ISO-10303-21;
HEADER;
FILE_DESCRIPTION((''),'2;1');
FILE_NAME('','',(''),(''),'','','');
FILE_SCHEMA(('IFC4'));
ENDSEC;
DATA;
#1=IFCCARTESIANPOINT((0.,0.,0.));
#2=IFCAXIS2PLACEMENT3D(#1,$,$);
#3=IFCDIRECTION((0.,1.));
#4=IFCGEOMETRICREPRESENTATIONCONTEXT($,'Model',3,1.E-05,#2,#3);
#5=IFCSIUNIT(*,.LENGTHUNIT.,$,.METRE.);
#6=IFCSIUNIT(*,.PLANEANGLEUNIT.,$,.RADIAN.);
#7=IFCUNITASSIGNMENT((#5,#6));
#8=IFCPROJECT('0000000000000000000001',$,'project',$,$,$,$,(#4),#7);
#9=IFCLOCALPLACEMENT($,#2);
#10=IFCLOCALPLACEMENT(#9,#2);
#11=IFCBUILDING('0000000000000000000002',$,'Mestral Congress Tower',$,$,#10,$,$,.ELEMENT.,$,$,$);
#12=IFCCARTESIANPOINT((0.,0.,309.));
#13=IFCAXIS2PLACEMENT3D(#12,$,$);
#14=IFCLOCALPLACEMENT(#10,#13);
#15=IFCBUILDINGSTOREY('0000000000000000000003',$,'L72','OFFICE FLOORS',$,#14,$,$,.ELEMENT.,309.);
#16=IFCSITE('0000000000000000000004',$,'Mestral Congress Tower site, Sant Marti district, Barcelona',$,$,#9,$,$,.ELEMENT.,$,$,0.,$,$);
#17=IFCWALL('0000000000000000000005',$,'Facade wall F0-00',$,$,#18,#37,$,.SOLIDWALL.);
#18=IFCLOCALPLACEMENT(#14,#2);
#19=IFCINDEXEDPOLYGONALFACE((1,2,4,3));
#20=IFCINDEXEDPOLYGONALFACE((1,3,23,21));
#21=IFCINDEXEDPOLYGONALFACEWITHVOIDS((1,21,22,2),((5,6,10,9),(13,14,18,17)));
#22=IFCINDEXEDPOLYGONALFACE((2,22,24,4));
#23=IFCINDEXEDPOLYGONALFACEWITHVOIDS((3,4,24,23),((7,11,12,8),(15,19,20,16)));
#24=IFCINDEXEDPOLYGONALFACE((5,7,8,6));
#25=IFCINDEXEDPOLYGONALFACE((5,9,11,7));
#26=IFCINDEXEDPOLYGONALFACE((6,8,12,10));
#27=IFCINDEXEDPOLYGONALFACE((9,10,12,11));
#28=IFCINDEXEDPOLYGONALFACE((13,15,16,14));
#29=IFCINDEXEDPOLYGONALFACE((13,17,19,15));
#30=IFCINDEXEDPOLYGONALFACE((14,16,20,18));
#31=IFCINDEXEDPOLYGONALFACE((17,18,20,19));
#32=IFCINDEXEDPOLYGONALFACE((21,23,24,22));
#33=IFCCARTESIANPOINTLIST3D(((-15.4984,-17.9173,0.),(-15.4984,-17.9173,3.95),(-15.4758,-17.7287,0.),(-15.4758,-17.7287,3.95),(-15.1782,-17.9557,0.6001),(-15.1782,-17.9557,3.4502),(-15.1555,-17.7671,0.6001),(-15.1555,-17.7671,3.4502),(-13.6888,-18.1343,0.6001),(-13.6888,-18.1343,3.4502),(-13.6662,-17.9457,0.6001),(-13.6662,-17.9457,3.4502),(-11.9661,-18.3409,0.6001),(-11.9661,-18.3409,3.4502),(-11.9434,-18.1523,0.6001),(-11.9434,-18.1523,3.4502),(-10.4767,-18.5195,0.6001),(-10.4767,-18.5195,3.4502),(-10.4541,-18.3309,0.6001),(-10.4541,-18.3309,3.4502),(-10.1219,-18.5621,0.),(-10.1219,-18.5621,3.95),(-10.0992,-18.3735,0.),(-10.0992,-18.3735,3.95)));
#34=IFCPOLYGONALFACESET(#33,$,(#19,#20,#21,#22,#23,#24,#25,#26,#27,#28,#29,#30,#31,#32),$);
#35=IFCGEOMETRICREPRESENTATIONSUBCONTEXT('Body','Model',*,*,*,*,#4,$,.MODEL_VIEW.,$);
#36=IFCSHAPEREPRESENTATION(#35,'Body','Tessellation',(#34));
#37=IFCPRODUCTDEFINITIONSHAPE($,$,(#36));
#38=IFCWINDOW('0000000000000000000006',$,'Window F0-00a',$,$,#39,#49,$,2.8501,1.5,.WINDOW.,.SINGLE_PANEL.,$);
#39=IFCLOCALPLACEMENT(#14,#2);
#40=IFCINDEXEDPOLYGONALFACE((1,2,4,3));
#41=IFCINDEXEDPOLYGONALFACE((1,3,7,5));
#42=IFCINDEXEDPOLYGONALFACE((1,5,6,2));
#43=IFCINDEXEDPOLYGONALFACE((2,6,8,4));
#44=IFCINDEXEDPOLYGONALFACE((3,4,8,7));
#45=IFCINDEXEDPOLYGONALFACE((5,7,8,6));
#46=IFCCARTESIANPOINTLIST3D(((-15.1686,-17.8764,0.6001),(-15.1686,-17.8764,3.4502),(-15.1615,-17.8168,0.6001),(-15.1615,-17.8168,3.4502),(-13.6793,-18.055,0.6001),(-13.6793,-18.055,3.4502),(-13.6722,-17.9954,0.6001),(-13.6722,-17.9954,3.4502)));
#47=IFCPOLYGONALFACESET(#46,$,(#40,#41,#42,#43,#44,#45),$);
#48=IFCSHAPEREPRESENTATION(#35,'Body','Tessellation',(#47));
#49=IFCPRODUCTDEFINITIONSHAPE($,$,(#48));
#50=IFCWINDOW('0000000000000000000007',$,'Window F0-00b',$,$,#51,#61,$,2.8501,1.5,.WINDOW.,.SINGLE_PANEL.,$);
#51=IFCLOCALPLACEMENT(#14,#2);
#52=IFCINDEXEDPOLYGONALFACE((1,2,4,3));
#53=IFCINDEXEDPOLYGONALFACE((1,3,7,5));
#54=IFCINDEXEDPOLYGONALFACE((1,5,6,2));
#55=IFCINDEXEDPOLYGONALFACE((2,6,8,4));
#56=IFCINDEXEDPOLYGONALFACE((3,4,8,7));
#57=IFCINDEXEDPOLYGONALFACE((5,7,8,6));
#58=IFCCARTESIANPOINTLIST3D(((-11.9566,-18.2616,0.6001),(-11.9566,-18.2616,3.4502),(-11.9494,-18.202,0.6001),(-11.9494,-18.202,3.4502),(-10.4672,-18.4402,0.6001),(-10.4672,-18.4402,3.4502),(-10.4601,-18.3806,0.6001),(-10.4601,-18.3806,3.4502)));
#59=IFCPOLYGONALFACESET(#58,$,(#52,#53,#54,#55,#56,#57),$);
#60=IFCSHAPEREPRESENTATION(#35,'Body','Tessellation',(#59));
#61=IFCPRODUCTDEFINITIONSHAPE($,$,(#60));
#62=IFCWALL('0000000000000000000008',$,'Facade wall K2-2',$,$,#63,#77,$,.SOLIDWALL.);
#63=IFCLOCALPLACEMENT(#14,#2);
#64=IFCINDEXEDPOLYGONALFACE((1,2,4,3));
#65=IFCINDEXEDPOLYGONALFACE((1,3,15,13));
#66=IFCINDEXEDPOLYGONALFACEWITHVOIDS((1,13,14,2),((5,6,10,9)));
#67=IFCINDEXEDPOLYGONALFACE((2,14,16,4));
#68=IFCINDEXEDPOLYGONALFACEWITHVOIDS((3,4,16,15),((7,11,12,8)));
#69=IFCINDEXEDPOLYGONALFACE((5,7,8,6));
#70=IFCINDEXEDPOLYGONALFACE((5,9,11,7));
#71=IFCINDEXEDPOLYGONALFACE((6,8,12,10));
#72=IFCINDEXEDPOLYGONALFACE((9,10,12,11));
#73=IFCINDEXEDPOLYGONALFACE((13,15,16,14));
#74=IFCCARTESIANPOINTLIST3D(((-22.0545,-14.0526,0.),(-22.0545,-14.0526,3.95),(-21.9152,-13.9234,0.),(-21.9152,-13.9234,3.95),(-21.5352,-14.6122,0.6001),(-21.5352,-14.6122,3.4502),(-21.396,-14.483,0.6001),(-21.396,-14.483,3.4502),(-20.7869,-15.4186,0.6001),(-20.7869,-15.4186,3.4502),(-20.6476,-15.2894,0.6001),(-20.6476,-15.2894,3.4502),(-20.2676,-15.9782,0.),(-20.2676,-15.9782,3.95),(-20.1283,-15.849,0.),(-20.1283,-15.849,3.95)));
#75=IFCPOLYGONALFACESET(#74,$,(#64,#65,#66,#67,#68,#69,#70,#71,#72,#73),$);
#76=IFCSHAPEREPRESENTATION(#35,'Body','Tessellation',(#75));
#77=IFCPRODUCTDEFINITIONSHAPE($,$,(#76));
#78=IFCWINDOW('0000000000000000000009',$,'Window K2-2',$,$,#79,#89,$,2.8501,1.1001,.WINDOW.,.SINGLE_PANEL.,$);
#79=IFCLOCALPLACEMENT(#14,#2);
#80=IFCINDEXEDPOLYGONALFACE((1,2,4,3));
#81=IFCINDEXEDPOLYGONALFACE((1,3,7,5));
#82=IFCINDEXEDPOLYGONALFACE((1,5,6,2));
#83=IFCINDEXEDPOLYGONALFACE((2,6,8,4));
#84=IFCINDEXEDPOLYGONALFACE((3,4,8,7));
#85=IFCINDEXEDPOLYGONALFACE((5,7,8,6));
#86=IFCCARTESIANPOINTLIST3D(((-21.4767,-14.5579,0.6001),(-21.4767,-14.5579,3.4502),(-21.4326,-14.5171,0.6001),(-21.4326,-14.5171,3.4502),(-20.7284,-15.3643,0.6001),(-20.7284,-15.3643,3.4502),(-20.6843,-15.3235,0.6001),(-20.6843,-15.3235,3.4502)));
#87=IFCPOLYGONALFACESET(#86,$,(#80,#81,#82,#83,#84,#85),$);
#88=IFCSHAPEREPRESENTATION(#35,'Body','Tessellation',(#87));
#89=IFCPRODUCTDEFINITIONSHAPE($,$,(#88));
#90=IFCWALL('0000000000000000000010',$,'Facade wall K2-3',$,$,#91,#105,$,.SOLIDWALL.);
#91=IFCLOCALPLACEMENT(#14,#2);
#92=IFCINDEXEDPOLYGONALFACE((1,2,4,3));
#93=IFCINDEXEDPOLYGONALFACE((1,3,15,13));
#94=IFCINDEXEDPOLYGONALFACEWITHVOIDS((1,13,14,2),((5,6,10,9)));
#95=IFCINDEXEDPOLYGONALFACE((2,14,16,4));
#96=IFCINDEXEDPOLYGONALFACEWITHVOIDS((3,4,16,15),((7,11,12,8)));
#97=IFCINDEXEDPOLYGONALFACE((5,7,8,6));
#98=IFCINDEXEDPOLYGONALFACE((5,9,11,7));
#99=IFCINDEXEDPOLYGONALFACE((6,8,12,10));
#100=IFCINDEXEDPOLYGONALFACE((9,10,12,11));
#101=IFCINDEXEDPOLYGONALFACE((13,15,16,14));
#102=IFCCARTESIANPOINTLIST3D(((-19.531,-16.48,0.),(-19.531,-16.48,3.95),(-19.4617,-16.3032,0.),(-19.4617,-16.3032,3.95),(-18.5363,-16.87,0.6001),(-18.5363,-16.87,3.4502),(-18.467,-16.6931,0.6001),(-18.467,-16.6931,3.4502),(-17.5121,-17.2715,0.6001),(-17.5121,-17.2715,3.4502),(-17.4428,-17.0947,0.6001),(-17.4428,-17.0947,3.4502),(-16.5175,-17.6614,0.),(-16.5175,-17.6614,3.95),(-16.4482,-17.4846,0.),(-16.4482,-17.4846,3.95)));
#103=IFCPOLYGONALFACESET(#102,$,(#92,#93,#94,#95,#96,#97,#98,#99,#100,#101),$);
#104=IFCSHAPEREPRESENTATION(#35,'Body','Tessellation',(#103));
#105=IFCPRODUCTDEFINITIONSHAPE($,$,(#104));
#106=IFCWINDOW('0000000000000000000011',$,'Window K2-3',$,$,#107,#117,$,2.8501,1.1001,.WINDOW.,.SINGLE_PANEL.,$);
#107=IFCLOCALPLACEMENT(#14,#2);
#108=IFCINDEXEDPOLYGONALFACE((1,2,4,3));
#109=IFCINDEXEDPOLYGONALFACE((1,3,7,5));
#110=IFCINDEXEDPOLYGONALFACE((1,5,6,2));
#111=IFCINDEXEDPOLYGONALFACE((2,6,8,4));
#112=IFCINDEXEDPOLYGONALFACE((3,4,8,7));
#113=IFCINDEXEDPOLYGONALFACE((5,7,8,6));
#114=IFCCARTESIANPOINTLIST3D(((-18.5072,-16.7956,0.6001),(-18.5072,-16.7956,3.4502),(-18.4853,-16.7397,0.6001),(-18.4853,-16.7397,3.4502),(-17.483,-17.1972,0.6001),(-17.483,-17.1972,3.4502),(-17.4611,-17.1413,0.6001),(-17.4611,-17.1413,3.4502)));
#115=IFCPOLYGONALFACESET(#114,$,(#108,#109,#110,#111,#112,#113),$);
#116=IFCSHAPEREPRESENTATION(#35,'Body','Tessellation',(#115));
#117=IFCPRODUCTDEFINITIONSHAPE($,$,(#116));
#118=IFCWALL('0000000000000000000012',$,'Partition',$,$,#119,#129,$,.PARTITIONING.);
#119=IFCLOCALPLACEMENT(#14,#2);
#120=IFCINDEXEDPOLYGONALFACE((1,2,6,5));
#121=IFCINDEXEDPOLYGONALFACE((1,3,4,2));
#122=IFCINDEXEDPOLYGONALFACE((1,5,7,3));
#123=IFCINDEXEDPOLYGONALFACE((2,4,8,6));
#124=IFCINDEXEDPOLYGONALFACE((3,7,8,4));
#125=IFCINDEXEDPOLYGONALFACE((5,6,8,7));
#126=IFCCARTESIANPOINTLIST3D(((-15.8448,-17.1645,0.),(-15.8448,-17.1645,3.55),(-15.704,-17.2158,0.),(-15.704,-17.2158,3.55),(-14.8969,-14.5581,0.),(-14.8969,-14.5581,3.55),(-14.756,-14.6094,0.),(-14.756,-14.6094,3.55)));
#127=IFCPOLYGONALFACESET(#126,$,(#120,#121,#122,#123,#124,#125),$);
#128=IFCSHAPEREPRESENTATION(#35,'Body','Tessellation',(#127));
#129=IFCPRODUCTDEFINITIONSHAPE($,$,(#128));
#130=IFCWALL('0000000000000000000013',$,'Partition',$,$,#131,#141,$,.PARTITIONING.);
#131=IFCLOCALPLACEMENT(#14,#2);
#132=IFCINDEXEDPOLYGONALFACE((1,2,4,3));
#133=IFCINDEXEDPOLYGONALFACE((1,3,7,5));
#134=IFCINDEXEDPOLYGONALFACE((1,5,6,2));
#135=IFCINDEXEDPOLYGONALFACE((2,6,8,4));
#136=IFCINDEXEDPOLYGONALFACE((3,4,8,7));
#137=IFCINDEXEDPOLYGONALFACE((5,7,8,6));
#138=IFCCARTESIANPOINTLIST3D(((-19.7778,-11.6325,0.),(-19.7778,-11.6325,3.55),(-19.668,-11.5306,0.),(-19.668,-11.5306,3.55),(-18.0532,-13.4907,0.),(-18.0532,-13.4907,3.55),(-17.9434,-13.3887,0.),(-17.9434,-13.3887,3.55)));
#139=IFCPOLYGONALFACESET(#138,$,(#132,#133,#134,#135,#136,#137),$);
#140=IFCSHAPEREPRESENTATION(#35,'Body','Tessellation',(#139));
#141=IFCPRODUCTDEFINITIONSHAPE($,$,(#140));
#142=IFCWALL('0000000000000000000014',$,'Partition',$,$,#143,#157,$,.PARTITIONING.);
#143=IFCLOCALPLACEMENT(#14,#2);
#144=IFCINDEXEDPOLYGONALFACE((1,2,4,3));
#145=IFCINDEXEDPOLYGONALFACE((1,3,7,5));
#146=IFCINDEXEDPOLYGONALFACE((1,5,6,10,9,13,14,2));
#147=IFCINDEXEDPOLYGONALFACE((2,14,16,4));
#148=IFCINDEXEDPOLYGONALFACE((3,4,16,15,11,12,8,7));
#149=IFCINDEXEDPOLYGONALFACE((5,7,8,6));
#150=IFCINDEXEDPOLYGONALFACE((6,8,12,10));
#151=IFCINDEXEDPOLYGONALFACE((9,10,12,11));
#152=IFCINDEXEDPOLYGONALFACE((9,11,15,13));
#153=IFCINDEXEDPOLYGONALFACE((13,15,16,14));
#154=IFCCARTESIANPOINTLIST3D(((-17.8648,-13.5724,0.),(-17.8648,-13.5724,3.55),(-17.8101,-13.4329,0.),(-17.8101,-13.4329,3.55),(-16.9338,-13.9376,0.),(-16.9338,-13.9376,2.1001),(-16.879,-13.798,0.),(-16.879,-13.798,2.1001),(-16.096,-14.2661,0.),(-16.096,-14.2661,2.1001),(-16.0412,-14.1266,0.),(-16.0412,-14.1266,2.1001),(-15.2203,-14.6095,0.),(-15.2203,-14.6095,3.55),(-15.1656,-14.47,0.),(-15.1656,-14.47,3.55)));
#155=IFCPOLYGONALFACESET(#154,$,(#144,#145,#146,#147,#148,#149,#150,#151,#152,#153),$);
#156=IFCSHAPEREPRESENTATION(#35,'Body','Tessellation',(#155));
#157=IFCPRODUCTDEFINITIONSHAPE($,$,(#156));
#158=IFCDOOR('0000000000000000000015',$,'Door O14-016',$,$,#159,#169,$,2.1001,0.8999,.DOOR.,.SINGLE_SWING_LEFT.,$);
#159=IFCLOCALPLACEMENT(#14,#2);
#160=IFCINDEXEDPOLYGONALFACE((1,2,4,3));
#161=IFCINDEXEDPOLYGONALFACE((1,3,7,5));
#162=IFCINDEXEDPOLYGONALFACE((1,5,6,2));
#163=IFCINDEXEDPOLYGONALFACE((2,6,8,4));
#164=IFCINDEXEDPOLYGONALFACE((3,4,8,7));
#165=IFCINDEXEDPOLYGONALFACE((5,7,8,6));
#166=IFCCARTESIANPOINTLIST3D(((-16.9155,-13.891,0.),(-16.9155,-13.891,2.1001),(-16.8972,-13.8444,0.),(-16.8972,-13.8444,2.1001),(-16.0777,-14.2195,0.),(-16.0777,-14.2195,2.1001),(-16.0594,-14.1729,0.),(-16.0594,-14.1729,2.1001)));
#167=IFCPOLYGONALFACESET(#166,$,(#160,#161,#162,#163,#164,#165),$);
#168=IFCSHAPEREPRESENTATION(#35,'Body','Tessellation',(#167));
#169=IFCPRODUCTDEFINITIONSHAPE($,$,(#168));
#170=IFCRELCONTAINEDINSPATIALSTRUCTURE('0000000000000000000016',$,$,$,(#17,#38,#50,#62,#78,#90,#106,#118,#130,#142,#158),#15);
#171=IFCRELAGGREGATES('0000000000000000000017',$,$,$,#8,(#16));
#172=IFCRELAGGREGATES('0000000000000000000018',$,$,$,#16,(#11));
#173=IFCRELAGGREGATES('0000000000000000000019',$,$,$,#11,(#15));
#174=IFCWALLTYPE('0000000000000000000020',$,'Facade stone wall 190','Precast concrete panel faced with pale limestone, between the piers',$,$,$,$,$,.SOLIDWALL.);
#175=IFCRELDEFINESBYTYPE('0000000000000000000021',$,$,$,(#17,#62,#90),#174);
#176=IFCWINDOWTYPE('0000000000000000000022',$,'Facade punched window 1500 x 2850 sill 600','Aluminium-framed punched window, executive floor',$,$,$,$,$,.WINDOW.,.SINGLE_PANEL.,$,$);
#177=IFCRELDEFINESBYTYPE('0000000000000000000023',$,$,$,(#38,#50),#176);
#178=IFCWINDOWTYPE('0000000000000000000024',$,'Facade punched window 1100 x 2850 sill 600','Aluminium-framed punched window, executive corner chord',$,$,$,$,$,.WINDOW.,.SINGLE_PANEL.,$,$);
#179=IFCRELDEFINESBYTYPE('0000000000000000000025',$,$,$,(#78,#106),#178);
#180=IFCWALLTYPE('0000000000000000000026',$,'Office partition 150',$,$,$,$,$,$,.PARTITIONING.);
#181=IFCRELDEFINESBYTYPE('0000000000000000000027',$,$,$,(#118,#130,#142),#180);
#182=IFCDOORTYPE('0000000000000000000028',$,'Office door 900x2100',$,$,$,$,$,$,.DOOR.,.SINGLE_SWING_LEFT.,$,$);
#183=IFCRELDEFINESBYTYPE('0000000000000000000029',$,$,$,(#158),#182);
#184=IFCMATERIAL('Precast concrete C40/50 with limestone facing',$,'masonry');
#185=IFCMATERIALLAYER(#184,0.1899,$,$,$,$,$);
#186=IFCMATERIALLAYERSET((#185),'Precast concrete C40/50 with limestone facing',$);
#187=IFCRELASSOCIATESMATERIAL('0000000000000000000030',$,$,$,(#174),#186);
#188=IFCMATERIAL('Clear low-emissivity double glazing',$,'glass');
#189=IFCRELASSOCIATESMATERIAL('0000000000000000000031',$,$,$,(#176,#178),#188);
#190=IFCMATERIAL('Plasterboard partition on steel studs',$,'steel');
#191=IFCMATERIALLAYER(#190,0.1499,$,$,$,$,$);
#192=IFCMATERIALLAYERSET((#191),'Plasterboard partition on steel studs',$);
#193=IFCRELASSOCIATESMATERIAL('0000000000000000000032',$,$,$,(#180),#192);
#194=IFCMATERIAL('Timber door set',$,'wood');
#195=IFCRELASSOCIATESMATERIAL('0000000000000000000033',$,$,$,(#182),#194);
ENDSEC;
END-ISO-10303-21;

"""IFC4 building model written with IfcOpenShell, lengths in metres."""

from ifc_helpers import new_model, si_unit, direction, frame, frame_2d, origin, place, context, subcontext, project, spatial, rectangle, extrude, material, layer, layer_set, type_object, element, fill, save


model = new_model("IFC4")

# Units and contexts
model_context = context("Model", 3, precision=1e-05, world=origin(), true_north=direction((0.0, 1.0)))
body_context = subcontext(model_context, "Body", "Model", "MODEL_VIEW")
ifc_project = project(units=[si_unit("LENGTHUNIT", "METRE"), si_unit("PLANEANGLEUNIT", "RADIAN")], contexts=[model_context])

# Site, building, storey
site_placement = place(None, origin())
site = spatial("IfcSite", under=ifc_project, at=site_placement, Name="Mestral Congress Tower site, Sant Marti district, Barcelona", CompositionType="ELEMENT", RefElevation=0.0)
building_placement = place(site_placement, origin())
building = spatial("IfcBuilding", under=site, at=building_placement, Name="Mestral Congress Tower", CompositionType="ELEMENT")
storey_placement = place(building_placement, frame((0.0, 0.0, 309.0)))
storey = spatial("IfcBuildingStorey", under=building, at=storey_placement, Name="L72", Description="OFFICE FLOORS", CompositionType="ELEMENT", Elevation=309.0)

# Wall, openings, windows
ifc_material_1 = material(Name="Precast concrete C40/50 with limestone facing", Category="masonry")
ifc_layer_1 = layer(ifc_material_1, 0.1899)
ifc_layer_set_1 = layer_set([ifc_layer_1], Name="Precast concrete C40/50 with limestone facing")
wall_type_1 = type_object("IfcWallType", Name="Facade stone wall 190", Description="Precast concrete panel faced with pale limestone, between the piers", PredefinedType="SOLIDWALL", material=ifc_layer_set_1)
wall_1_placement = place(storey_placement, frame((-15.4871, -17.823, 0.0), z_axis=(0.0, 0.0, 1.0), x_axis=(0.992886, -0.119072, 0.0)))
wall_1 = element("IfcWall", 1, at=wall_1_placement, inside=storey, type_object=wall_type_1, Name="Facade wall F0-00", PredefinedType="SOLIDWALL", context=body_context, shape_type="SweptSolid", body=[
    extrude(rectangle(XDim=5.415, YDim=0.1899, at=frame_2d((2.7075, 0.0))), origin(), (0.0, 0.0, 1.0), 3.95),
])
opening_1_placement = place(wall_1_placement, frame((0.3225, 0.0, 0.6001)))
opening_1 = element("IfcOpeningElement", 2, at=opening_1_placement, cuts=wall_1, PredefinedType="OPENING", context=body_context, shape_type="SweptSolid", body=[
    extrude(rectangle(XDim=1.5, YDim=2.8501, at=frame_2d((0.75, 1.425))), frame((0.0, 0.105, 0.0), z_axis=(0.0, -1.0, 0.0), x_axis=(1.0, 0.0, 0.0)), (0.0, 0.0, 1.0), 0.21),
])
opening_2_placement = place(wall_1_placement, frame((3.5576, 0.0, 0.6001)))
opening_2 = element("IfcOpeningElement", 3, at=opening_2_placement, cuts=wall_1, PredefinedType="OPENING", context=body_context, shape_type="SweptSolid", body=[
    extrude(rectangle(XDim=1.5, YDim=2.8501, at=frame_2d((0.75, 1.425))), frame((0.0, 0.105, 0.0), z_axis=(0.0, -1.0, 0.0), x_axis=(1.0, 0.0, 0.0)), (0.0, 0.0, 1.0), 0.21),
])
ifc_material_2 = material(Name="Clear low-emissivity double glazing", Category="glass")
window_type_1 = type_object("IfcWindowType", Name="Facade punched window 1500 x 2850 sill 600", Description="Aluminium-framed punched window, executive floor", PartitioningType="SINGLE_PANEL", PredefinedType="WINDOW", material=ifc_material_2)
window_1_placement = place(opening_1_placement, origin())
window_1 = element("IfcWindow", 4, at=window_1_placement, inside=storey, type_object=window_type_1, Name="Window F0-00a", OverallHeight=2.8501, OverallWidth=1.5, PartitioningType="SINGLE_PANEL", PredefinedType="WINDOW", context=body_context, shape_type="SweptSolid", body=[
    extrude(rectangle(XDim=1.5, YDim=2.8501, at=frame_2d((0.75, 1.425))), frame((0.0, 0.0449, 0.0), z_axis=(0.0, -1.0, 0.0), x_axis=(1.0, 0.0, 0.0)), (0.0, 0.0, 1.0), 0.0601),
])
fill(opening_1, window_1)
window_2_placement = place(opening_2_placement, origin())
window_2 = element("IfcWindow", 5, at=window_2_placement, inside=storey, type_object=window_type_1, Name="Window F0-00b", OverallHeight=2.8501, OverallWidth=1.5, PartitioningType="SINGLE_PANEL", PredefinedType="WINDOW", context=body_context, shape_type="SweptSolid", body=[
    extrude(rectangle(XDim=1.5, YDim=2.8501, at=frame_2d((0.75, 1.425))), frame((0.0, 0.0449, 0.0), z_axis=(0.0, -1.0, 0.0), x_axis=(1.0, 0.0, 0.0)), (0.0, 0.0, 1.0), 0.0601),
])
fill(opening_2, window_2)

# Walls, openings, windows
wall_2_placement = place(storey_placement, frame((-21.9849, -13.988, 0.0), z_axis=(0.0, 0.0, 1.0), x_axis=(0.680219, -0.733009, 0.0)))
wall_2 = element("IfcWall", 6, at=wall_2_placement, inside=storey, type_object=wall_type_1, Name="Facade wall K2-2", PredefinedType="SOLIDWALL", context=body_context, shape_type="SweptSolid", body=[
    extrude(rectangle(XDim=2.627, YDim=0.1899, at=frame_2d((1.3135, 0.0))), origin(), (0.0, 0.0, 1.0), 3.95),
])
opening_3_placement = place(wall_2_placement, frame((0.7634, 0.0, 0.6001)))
opening_3 = element("IfcOpeningElement", 7, at=opening_3_placement, cuts=wall_2, PredefinedType="OPENING", context=body_context, shape_type="SweptSolid", body=[
    extrude(rectangle(XDim=1.1001, YDim=2.8501, at=frame_2d((0.55, 1.425))), frame((0.0, 0.105, 0.0), z_axis=(0.0, -1.0, 0.0), x_axis=(1.0, 0.0, 0.0)), (0.0, 0.0, 1.0), 0.21),
])
window_type_2 = type_object("IfcWindowType", Name="Facade punched window 1100 x 2850 sill 600", Description="Aluminium-framed punched window, executive corner chord", PartitioningType="SINGLE_PANEL", PredefinedType="WINDOW", material=ifc_material_2)
window_3_placement = place(opening_3_placement, origin())
window_3 = element("IfcWindow", 8, at=window_3_placement, inside=storey, type_object=window_type_2, Name="Window K2-2", OverallHeight=2.8501, OverallWidth=1.1001, PartitioningType="SINGLE_PANEL", PredefinedType="WINDOW", context=body_context, shape_type="SweptSolid", body=[
    extrude(rectangle(XDim=1.1001, YDim=2.8501, at=frame_2d((0.55, 1.425))), frame((0.0, 0.0449, 0.0), z_axis=(0.0, -1.0, 0.0), x_axis=(1.0, 0.0, 0.0)), (0.0, 0.0, 1.0), 0.0601),
])
fill(opening_3, window_3)
wall_3_placement = place(storey_placement, frame((-19.4963, -16.3916, 0.0), z_axis=(0.0, 0.0, 1.0), x_axis=(0.931009, -0.364997, 0.0)))
wall_3 = element("IfcWall", 9, at=wall_3_placement, inside=storey, type_object=wall_type_1, Name="Facade wall K2-3", PredefinedType="SOLIDWALL", context=body_context, shape_type="SweptSolid", body=[
    extrude(rectangle(XDim=3.2368, YDim=0.1899, at=frame_2d((1.6184, 0.0))), origin(), (0.0, 0.0, 1.0), 3.95),
])
opening_4_placement = place(wall_3_placement, frame((1.0684, 0.0, 0.6001)))
opening_4 = element("IfcOpeningElement", 10, at=opening_4_placement, cuts=wall_3, PredefinedType="OPENING", context=body_context, shape_type="SweptSolid", body=[
    extrude(rectangle(XDim=1.1001, YDim=2.8501, at=frame_2d((0.55, 1.425))), frame((0.0, 0.105, 0.0), z_axis=(0.0, -1.0, 0.0), x_axis=(1.0, 0.0, 0.0)), (0.0, 0.0, 1.0), 0.21),
])
window_4_placement = place(opening_4_placement, origin())
window_4 = element("IfcWindow", 11, at=window_4_placement, inside=storey, type_object=window_type_2, Name="Window K2-3", OverallHeight=2.8501, OverallWidth=1.1001, PartitioningType="SINGLE_PANEL", PredefinedType="WINDOW", context=body_context, shape_type="SweptSolid", body=[
    extrude(rectangle(XDim=1.1001, YDim=2.8501, at=frame_2d((0.55, 1.425))), frame((0.0, 0.0449, 0.0), z_axis=(0.0, -1.0, 0.0), x_axis=(1.0, 0.0, 0.0)), (0.0, 0.0, 1.0), 0.0601),
])
fill(opening_4, window_4)

# Walls
ifc_material_3 = material(Name="Plasterboard partition on steel studs", Category="steel")
ifc_layer_2 = layer(ifc_material_3, 0.1499)
ifc_layer_set_2 = layer_set([ifc_layer_2], Name="Plasterboard partition on steel studs")
wall_type_2 = type_object("IfcWallType", Name="Office partition 150", PredefinedType="PARTITIONING", material=ifc_layer_set_2)
wall_4_placement = place(storey_placement, frame((-14.8264, -14.5837, 0.0), z_axis=(0.0, 0.0, 1.0), x_axis=(-0.341807, -0.93977, 0.0)))
element("IfcWall", 12, at=wall_4_placement, inside=storey, type_object=wall_type_2, Name="Partition", PredefinedType="PARTITIONING", context=body_context, shape_type="SweptSolid", body=[
    extrude(rectangle(XDim=2.7734, YDim=0.1499, at=frame_2d((1.3867, 0.0))), origin(), (0.0, 0.0, 1.0), 3.55),
])
wall_5_placement = place(storey_placement, frame((-19.7229, -11.5815, 0.0), z_axis=(0.0, 0.0, 1.0), x_axis=(0.680277, -0.732955, 0.0)))
element("IfcWall", 13, at=wall_5_placement, inside=storey, type_object=wall_type_2, Name="Partition", PredefinedType="PARTITIONING", context=body_context, shape_type="SweptSolid", body=[
    extrude(rectangle(XDim=2.5352, YDim=0.1499, at=frame_2d((1.2676, 0.0))), origin(), (0.0, 0.0, 1.0), 3.55),
])

# Wall, opening, door
wall_6_placement = place(storey_placement, frame((-15.1929, -14.5398, 0.0), z_axis=(0.0, 0.0, 1.0), x_axis=(-0.930969, 0.365099, 0.0)))
wall_6 = element("IfcWall", 14, at=wall_6_placement, inside=storey, type_object=wall_type_2, Name="Partition", PredefinedType="PARTITIONING", context=body_context, shape_type="SweptSolid", body=[
    extrude(rectangle(XDim=2.8406, YDim=0.1499, at=frame_2d((1.4204, 0.0))), origin(), (0.0, 0.0, 1.0), 3.55),
])
opening_5_placement = place(wall_6_placement, frame((0.9407, 0.0, 0.0)))
opening_5 = element("IfcOpeningElement", 15, at=opening_5_placement, cuts=wall_6, PredefinedType="OPENING", context=body_context, shape_type="SweptSolid", body=[
    extrude(rectangle(XDim=0.8999, YDim=2.1001, at=frame_2d((0.45, 1.05))), frame((0.0, 0.085, 0.0), z_axis=(0.0, -1.0, 0.0), x_axis=(1.0, 0.0, 0.0)), (0.0, 0.0, 1.0), 0.1699),
])
ifc_material_4 = material(Name="Timber door set", Category="wood")
door_type = type_object("IfcDoorType", Name="Office door 900x2100", OperationType="SINGLE_SWING_LEFT", PredefinedType="DOOR", material=ifc_material_4)
door_placement = place(opening_5_placement, origin())
door = element("IfcDoor", 16, at=door_placement, inside=storey, type_object=door_type, Name="Door O14-016", OperationType="SINGLE_SWING_LEFT", OverallHeight=2.1001, OverallWidth=0.8999, PredefinedType="DOOR", context=body_context, shape_type="SweptSolid", body=[
    extrude(rectangle(XDim=0.8999, YDim=2.1001, at=frame_2d((0.45, 1.05))), frame((0.0, 0.0249, 0.0), z_axis=(0.0, -1.0, 0.0), x_axis=(1.0, 0.0, 0.0)), (0.0, 0.0, 1.0), 0.05),
])
fill(opening_5, door)

save(model, "model.ifc")
